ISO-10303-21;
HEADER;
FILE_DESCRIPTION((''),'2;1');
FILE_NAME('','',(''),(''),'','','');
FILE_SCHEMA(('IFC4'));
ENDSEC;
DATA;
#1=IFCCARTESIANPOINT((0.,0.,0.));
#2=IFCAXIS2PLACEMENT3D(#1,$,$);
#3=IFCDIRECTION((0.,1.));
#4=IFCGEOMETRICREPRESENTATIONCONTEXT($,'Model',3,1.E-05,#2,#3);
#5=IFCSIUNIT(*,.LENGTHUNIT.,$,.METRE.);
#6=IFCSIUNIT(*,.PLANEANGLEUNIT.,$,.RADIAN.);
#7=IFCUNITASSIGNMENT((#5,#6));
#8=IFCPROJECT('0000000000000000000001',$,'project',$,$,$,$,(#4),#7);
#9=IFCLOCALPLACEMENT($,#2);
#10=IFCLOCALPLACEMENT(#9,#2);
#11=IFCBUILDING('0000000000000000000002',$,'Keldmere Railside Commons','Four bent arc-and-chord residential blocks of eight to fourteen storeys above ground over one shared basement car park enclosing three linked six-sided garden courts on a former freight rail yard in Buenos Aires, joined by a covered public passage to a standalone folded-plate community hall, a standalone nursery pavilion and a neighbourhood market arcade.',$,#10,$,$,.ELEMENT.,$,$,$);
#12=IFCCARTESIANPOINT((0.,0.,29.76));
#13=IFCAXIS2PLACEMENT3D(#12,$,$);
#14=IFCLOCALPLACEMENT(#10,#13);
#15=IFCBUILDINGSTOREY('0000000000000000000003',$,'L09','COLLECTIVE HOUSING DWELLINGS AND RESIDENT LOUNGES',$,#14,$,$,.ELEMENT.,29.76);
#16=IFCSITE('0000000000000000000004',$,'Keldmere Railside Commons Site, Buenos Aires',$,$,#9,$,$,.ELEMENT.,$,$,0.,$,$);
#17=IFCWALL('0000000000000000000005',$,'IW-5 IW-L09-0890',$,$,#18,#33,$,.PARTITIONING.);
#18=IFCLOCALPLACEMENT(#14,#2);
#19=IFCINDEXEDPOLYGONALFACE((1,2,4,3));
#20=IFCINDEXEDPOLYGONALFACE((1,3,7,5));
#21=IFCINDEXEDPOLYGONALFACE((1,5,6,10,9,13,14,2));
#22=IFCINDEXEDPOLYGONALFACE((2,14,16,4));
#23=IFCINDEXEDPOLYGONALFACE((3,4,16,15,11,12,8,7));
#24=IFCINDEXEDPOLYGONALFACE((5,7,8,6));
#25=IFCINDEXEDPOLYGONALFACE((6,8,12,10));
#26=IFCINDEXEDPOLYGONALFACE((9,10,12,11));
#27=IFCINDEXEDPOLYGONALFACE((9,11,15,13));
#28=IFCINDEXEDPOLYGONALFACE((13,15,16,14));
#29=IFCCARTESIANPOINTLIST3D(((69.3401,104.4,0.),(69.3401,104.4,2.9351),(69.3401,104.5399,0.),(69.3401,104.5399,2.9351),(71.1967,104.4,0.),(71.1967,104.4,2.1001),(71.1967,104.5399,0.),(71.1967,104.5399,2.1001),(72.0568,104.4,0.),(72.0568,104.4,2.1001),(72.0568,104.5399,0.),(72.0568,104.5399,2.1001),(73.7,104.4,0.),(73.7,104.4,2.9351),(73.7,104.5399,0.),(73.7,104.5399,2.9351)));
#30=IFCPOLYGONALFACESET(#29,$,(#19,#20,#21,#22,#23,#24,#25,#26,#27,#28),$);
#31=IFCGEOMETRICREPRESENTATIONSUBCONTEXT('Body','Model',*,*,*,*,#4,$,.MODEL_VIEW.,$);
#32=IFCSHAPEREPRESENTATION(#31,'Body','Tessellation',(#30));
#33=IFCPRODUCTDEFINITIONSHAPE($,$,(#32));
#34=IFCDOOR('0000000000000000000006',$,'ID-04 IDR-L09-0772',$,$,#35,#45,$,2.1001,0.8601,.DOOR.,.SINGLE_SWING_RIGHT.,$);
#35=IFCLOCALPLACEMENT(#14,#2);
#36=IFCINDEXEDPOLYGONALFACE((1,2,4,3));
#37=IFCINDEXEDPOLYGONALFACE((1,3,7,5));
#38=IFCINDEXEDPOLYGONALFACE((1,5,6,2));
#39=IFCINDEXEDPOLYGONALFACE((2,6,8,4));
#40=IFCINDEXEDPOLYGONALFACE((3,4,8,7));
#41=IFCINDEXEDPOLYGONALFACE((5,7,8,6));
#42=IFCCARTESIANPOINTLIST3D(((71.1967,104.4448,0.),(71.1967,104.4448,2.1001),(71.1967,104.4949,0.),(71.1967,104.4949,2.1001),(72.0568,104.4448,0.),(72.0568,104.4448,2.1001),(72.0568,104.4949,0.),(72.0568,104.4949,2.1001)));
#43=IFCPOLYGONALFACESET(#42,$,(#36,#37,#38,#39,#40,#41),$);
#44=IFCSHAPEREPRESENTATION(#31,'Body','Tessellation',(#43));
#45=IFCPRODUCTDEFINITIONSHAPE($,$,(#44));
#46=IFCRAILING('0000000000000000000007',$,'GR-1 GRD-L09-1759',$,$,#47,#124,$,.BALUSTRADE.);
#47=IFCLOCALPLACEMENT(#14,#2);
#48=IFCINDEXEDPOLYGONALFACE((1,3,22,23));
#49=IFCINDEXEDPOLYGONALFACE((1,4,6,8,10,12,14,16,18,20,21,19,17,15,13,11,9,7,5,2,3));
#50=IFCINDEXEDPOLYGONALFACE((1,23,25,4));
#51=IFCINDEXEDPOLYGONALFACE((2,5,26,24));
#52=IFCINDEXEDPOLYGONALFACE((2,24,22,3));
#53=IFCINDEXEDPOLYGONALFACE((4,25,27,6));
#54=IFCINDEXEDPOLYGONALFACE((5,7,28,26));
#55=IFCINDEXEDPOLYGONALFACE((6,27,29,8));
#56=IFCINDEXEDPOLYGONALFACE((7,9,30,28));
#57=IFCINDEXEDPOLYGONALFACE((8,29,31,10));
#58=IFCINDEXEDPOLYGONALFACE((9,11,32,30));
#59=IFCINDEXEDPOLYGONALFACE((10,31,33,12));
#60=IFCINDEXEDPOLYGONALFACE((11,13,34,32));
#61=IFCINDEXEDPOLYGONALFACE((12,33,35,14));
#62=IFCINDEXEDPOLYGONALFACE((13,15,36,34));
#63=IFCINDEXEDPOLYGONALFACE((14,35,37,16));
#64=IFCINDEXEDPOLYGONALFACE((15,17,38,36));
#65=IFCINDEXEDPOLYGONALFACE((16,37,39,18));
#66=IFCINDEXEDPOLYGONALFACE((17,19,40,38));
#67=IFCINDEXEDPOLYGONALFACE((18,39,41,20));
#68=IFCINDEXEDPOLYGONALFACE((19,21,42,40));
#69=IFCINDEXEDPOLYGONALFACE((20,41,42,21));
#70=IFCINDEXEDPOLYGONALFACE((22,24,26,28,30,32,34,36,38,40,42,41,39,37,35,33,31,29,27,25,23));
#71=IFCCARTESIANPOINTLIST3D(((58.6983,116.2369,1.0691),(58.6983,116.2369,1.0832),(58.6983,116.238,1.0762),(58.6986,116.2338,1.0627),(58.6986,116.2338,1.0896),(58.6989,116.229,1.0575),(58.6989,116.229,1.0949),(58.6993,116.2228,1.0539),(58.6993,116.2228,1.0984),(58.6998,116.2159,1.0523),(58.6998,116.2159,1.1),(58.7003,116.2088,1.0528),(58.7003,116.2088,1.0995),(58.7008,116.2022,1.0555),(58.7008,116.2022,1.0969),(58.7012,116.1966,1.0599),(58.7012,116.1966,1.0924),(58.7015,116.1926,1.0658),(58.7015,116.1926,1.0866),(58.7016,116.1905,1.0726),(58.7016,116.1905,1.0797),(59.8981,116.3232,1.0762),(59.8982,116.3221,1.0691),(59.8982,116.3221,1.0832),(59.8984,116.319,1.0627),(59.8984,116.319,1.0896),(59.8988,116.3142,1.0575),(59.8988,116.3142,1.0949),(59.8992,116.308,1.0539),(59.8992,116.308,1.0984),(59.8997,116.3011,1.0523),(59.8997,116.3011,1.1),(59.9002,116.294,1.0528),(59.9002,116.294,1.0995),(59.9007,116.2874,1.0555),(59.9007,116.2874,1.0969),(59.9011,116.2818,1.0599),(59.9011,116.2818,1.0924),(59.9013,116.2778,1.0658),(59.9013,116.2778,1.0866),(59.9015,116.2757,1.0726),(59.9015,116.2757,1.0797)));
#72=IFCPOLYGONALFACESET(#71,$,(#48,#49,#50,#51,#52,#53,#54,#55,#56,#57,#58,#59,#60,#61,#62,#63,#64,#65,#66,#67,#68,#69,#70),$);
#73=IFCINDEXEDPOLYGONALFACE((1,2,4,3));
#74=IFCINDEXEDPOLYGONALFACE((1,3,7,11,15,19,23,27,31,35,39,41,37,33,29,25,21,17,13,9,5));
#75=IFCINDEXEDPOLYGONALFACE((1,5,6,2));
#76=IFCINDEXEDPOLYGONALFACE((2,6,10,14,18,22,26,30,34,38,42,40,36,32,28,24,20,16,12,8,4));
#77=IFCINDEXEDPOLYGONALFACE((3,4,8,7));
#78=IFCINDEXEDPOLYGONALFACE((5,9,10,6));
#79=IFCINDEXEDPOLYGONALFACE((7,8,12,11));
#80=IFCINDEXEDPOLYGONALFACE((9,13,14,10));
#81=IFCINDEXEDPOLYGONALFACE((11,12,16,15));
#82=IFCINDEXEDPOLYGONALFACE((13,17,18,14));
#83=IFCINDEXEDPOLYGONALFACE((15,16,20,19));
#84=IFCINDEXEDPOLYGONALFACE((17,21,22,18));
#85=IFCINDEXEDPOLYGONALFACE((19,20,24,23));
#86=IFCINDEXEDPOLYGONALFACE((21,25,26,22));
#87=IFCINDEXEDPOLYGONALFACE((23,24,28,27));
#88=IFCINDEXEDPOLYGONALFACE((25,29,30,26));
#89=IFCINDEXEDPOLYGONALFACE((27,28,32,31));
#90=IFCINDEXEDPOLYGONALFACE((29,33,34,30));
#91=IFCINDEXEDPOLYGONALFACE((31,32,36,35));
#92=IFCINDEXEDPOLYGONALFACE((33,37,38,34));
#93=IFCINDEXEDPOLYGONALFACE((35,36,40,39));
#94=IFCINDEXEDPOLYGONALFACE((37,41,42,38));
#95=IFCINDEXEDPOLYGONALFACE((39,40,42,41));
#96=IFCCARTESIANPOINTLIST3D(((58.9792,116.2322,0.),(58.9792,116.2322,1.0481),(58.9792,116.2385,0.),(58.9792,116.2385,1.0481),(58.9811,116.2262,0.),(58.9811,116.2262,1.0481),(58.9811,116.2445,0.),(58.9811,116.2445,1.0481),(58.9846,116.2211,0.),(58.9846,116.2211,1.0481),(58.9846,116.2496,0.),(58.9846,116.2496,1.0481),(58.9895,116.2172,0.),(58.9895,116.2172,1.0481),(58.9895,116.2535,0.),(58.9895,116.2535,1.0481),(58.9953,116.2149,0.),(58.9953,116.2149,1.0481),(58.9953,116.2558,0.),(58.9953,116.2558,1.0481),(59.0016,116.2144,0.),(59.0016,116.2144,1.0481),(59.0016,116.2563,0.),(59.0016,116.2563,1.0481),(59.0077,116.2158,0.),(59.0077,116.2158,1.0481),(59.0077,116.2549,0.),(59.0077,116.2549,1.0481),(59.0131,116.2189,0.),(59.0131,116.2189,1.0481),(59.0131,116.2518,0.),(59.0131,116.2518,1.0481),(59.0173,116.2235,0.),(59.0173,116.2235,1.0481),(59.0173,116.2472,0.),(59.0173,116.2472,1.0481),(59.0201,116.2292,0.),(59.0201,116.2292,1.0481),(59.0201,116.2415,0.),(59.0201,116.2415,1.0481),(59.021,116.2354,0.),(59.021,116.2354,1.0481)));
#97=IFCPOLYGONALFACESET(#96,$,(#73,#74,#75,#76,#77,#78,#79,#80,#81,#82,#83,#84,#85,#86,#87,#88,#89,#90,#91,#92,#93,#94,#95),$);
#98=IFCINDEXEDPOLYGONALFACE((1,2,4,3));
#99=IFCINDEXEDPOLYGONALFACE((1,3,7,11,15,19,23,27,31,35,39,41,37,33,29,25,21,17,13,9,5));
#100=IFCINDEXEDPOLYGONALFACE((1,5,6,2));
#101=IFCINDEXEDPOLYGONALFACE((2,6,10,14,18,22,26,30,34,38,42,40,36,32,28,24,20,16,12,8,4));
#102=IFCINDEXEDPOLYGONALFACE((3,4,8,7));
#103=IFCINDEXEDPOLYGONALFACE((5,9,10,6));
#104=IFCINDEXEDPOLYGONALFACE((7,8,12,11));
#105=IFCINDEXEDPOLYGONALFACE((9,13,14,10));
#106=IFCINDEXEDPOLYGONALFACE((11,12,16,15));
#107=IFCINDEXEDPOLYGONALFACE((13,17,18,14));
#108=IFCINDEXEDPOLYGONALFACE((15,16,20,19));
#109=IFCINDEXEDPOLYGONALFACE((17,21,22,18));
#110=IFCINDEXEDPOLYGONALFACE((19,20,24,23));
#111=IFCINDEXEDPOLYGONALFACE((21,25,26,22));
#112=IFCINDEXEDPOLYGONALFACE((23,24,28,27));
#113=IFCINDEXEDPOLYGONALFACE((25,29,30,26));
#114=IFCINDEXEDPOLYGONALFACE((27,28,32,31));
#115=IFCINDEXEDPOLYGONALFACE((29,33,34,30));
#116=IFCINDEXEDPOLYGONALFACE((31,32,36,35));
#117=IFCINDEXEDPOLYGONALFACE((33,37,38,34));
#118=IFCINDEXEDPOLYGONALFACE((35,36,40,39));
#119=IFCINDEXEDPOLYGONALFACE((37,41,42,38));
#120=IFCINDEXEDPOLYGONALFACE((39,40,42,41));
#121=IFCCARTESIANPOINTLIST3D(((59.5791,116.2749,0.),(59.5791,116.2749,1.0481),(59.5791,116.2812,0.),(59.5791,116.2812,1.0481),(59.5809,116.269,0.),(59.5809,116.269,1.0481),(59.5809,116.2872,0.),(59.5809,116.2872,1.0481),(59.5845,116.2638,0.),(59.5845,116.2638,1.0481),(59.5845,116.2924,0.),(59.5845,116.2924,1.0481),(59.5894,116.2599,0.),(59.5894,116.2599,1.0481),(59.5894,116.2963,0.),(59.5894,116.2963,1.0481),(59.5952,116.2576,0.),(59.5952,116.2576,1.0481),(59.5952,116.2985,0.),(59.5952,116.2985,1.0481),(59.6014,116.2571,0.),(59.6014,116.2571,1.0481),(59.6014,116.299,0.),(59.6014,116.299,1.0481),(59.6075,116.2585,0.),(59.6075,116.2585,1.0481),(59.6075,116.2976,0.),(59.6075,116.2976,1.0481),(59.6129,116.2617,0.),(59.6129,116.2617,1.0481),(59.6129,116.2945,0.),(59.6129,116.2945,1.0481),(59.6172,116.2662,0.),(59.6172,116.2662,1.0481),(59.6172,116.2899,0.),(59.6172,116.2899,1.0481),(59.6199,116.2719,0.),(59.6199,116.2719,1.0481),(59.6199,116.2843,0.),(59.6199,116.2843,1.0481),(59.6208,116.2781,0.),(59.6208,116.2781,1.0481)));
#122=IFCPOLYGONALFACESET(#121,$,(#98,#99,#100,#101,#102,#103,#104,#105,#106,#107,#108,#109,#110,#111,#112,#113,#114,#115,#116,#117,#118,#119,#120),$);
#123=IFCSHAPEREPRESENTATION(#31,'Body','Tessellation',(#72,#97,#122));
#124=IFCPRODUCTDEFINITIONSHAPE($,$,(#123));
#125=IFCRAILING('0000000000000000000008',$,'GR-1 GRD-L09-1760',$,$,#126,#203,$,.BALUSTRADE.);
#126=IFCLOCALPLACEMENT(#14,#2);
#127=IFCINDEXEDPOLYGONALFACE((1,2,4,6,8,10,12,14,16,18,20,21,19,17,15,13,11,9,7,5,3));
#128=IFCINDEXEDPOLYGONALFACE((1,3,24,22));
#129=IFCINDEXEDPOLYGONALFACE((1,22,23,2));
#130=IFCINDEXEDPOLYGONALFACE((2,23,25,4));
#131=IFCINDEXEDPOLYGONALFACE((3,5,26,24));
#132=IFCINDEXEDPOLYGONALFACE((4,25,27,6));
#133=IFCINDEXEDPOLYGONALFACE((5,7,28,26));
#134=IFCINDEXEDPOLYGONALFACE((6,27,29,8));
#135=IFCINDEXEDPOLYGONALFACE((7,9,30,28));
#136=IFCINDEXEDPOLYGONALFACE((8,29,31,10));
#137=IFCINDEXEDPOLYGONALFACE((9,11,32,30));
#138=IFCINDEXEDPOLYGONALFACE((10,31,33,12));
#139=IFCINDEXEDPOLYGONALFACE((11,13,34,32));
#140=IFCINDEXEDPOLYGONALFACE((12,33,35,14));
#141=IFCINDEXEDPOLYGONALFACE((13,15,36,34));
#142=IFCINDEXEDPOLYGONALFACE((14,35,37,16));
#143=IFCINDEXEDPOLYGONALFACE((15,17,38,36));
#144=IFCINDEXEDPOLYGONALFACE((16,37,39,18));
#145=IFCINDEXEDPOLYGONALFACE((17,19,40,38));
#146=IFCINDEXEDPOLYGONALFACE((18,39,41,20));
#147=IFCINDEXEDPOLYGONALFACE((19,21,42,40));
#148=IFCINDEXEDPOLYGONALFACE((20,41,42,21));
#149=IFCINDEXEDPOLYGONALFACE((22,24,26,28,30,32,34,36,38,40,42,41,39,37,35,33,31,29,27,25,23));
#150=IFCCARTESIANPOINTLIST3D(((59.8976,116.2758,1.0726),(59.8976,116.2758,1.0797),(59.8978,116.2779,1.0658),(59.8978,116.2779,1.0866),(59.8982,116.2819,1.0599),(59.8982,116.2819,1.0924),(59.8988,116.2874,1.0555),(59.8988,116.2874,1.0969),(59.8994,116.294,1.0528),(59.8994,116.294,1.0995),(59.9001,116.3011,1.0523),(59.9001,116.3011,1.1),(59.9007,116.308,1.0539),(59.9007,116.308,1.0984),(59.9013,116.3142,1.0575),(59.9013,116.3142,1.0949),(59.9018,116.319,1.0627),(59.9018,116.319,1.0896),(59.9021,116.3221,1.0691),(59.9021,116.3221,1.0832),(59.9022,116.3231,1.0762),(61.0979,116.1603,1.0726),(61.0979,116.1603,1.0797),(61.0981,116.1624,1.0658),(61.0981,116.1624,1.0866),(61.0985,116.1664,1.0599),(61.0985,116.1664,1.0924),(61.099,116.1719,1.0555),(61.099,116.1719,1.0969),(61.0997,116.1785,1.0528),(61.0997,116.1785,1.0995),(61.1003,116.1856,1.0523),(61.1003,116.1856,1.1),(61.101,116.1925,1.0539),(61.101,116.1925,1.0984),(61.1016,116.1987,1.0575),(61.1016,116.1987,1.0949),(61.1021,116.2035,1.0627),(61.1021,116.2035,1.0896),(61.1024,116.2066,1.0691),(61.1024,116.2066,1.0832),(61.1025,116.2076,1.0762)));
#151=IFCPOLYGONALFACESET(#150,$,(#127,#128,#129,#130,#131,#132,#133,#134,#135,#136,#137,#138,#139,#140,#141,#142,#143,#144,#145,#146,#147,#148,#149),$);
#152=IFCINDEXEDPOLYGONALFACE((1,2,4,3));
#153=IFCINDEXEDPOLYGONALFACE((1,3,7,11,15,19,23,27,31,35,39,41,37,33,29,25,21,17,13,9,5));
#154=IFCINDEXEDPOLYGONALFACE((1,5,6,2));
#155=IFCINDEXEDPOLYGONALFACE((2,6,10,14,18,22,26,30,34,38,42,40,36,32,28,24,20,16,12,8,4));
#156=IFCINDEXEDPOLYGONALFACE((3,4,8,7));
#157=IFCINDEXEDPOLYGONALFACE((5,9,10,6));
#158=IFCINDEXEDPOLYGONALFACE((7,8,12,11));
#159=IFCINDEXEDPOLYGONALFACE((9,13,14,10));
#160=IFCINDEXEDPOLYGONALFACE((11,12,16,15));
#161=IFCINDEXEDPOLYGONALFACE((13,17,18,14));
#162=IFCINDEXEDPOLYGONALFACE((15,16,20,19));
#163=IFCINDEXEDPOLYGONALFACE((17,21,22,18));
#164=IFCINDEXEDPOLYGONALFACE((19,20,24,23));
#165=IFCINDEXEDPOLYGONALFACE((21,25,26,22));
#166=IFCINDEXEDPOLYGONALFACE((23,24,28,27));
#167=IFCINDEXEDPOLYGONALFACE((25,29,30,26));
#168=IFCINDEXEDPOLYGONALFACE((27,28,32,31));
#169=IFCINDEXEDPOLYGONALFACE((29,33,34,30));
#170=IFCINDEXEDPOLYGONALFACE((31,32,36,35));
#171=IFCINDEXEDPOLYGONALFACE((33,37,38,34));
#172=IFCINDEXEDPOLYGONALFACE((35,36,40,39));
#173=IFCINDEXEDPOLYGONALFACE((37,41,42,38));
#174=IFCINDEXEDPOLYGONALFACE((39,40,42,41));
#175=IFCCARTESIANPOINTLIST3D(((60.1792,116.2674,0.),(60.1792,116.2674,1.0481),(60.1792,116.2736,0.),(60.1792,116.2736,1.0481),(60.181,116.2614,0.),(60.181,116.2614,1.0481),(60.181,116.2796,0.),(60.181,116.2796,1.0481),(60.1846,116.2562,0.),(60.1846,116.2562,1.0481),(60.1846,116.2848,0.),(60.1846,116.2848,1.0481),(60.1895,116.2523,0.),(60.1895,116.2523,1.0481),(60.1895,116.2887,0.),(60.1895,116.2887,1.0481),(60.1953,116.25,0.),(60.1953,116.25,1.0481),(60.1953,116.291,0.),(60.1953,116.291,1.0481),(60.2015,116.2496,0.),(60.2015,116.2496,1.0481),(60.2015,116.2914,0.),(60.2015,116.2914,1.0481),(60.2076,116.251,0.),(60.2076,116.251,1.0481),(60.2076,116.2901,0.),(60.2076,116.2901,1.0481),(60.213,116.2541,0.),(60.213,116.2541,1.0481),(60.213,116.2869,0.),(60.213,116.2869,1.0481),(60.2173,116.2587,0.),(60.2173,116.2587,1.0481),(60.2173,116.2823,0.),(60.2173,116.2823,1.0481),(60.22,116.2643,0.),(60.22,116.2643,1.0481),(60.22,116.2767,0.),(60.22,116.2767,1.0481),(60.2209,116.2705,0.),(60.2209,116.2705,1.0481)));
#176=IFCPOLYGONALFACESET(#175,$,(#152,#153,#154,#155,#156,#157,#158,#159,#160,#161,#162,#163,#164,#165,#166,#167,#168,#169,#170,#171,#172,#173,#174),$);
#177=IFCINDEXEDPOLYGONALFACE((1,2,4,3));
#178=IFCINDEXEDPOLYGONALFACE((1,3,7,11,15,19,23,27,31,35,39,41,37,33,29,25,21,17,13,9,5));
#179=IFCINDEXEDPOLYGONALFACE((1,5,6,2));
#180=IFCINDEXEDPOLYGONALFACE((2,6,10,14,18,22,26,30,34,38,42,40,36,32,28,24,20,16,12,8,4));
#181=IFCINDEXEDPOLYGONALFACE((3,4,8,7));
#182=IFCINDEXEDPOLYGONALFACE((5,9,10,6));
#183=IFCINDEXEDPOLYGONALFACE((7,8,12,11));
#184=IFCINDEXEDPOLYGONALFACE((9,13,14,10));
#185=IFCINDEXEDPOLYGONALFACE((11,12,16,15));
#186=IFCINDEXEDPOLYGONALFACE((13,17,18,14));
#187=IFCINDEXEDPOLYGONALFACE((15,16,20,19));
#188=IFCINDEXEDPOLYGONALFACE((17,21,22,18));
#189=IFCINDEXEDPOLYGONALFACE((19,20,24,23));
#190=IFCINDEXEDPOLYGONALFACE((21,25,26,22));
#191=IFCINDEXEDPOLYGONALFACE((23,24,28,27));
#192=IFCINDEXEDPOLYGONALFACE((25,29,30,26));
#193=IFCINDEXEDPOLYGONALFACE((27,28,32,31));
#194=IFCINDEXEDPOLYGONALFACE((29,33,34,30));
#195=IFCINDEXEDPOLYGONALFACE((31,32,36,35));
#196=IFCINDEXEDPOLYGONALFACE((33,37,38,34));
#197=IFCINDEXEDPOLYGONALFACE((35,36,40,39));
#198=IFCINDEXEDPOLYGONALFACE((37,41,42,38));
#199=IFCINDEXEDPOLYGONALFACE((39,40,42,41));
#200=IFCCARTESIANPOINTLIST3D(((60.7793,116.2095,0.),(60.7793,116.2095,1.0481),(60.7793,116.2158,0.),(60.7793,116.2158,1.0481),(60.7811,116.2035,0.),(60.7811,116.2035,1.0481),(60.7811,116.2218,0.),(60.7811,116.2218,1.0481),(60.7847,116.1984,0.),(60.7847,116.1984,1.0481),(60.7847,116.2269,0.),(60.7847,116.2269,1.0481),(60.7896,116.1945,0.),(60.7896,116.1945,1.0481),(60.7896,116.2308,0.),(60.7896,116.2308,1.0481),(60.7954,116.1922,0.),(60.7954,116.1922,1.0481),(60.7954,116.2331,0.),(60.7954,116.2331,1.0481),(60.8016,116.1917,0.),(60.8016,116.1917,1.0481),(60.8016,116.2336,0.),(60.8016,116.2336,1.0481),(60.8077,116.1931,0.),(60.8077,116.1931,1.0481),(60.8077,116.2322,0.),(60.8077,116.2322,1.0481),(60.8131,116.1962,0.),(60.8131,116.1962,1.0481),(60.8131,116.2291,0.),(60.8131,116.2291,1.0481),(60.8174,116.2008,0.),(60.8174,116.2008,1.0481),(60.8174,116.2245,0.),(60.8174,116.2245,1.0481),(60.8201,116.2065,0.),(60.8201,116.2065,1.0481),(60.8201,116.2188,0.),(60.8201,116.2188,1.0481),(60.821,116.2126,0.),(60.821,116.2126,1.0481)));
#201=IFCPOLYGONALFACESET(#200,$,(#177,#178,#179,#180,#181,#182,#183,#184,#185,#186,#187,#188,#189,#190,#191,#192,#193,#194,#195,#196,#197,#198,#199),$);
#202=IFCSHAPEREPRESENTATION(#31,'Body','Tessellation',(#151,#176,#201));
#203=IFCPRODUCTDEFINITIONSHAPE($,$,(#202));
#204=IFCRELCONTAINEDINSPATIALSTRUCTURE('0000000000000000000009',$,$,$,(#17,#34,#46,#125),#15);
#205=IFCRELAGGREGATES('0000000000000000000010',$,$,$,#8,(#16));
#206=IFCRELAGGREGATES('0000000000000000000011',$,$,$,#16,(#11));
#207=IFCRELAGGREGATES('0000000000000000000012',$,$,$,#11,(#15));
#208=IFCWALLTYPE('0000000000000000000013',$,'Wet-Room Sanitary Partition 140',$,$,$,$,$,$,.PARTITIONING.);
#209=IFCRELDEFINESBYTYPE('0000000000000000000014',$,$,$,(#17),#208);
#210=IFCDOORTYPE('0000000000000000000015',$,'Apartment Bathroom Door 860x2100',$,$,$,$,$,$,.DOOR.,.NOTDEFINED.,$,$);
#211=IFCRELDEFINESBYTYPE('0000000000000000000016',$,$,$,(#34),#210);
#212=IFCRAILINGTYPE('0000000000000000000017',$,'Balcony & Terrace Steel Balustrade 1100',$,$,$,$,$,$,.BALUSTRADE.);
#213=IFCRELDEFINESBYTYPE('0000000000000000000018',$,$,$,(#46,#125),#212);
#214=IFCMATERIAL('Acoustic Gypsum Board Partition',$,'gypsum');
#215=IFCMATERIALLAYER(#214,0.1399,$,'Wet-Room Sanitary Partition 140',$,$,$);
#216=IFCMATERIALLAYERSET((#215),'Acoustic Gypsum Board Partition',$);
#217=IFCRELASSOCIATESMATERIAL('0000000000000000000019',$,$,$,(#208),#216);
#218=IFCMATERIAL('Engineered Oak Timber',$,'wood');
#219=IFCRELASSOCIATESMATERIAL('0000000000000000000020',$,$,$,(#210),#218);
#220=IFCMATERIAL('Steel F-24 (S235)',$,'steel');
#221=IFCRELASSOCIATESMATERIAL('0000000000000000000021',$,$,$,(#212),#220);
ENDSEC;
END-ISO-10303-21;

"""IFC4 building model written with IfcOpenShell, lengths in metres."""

from ifc_helpers import new_model, si_unit, direction, frame, frame_2d, origin, origin_2d, place, context, subcontext, project, spatial, rectangle, circle, extrude, material, layer, layer_set, type_object, element, fill, save


model = new_model("IFC4")

# Units and contexts
model_context = context("Model", 3, precision=1e-05, world=origin(), true_north=direction((0.0, 1.0)))
body_context = subcontext(model_context, "Body", "Model", "MODEL_VIEW")
ifc_project = project(units=[si_unit("LENGTHUNIT", "METRE"), si_unit("PLANEANGLEUNIT", "RADIAN")], contexts=[model_context])

# Site, building, storey
site_placement = place(None, origin())
site = spatial("IfcSite", under=ifc_project, at=site_placement, Name="Keldmere Railside Commons Site, Buenos Aires", CompositionType="ELEMENT", RefElevation=0.0)
building_placement = place(site_placement, origin())
building = spatial("IfcBuilding", under=site, at=building_placement, Name="Keldmere Railside Commons", Description="Four bent arc-and-chord residential blocks of eight to fourteen storeys above ground over one shared basement car park enclosing three linked six-sided garden courts on a former freight rail yard in Buenos Aires, joined by a covered public passage to a standalone folded-plate community hall, a standalone nursery pavilion and a neighbourhood market arcade.", CompositionType="ELEMENT")
storey_placement = place(building_placement, frame((0.0, 0.0, 29.76)))
storey = spatial("IfcBuildingStorey", under=building, at=storey_placement, Name="L09", Description="COLLECTIVE HOUSING DWELLINGS AND RESIDENT LOUNGES", CompositionType="ELEMENT", Elevation=29.76)

# Shared definitions
ifc_material_1 = material(Name="Acoustic Gypsum Board Partition", Category="gypsum")

# Wall, opening, door
ifc_material_2 = material(Name="Engineered Oak Timber", Category="wood")
ifc_layer_1 = layer(ifc_material_1, 0.1399, Name="Wet-Room Sanitary Partition 140")
ifc_layer_set_1 = layer_set([ifc_layer_1], Name="Acoustic Gypsum Board Partition")
wall_type_1 = type_object("IfcWallType", Name="Wet-Room Sanitary Partition 140", PredefinedType="PARTITIONING", material=ifc_layer_set_1)
wall_1_placement = place(storey_placement, frame((69.3401, 104.47, 0.0), z_axis=(0.0, 0.0, 1.0), x_axis=(1.0, 0.0, 0.0)))
wall_1 = element("IfcWall", 1, at=wall_1_placement, inside=storey, type_object=wall_type_1, Name="IW-5 IW-L09-0890", PredefinedType="PARTITIONING", context=body_context, shape_type="SweptSolid", body=[
    extrude(rectangle(XDim=4.3599, YDim=0.1399, at=frame_2d((2.1799, 0.0))), origin(), (0.0, 0.0, 1.0), 2.9351),
])
opening_1_placement = place(wall_1_placement, frame((1.8564, 0.0, 0.0)))
opening_1 = element("IfcOpeningElement", 2, at=opening_1_placement, cuts=wall_1, PredefinedType="OPENING", context=body_context, shape_type="SweptSolid", body=[
    extrude(rectangle(XDim=0.8601, YDim=2.1001, at=frame_2d((0.4302, 1.05))), frame((0.0, 0.0798, 0.0), z_axis=(0.0, -1.0, 0.0), x_axis=(1.0, 0.0, 0.0)), (0.0, 0.0, 1.0), 0.1599),
])
door_type_1 = type_object("IfcDoorType", Name="Apartment Bathroom Door 860x2100", OperationType="NOTDEFINED", PredefinedType="DOOR", material=ifc_material_2)
door_1_placement = place(opening_1_placement, origin())
door_1 = element("IfcDoor", 3, at=door_1_placement, inside=storey, type_object=door_type_1, Name="ID-04 IDR-L09-0772", OperationType="SINGLE_SWING_RIGHT", OverallHeight=2.1001, OverallWidth=0.8601, PredefinedType="DOOR", context=body_context, shape_type="SweptSolid", body=[
    extrude(rectangle(XDim=0.8601, YDim=2.1001, at=frame_2d((0.4302, 1.05))), frame((0.0, 0.0249, 0.0), z_axis=(0.0, -1.0, 0.0), x_axis=(1.0, 0.0, 0.0)), (0.0, 0.0, 1.0), 0.05),
])
fill(opening_1, door_1)

# Railings
ifc_material_3 = material(Name="Steel F-24 (S235)", Category="steel")
railing_type = type_object("IfcRailingType", Name="Balcony & Terrace Steel Balustrade 1100", PredefinedType="BALUSTRADE", material=ifc_material_3)
railing_1_placement = place(storey_placement, frame((58.7, 116.2141, 0.0)))
element("IfcRailing", 4, at=railing_1_placement, inside=storey, type_object=railing_type, Name="GR-1 GRD-L09-1759", PredefinedType="BALUSTRADE", context=body_context, shape_type="SweptSolid", body=[
    extrude(circle(Radius=0.0239, at=origin_2d()), frame((0.0, 0.0, 1.0762), z_axis=(0.997488, 0.070829, 0.0), x_axis=(-0.070829, 0.997488, 0.0)), (0.0, 0.0, 1.0), 1.2029),
    extrude(circle(Radius=0.021, at=origin_2d()), frame((0.3, 0.0212, 0.0)), (0.0, 0.0, 1.0), 1.0481),
    extrude(circle(Radius=0.021, at=origin_2d()), frame((0.8999, 0.064, 0.0)), (0.0, 0.0, 1.0), 1.0481),
])
railing_2_placement = place(storey_placement, frame((59.8999, 116.2993, 0.0)))
element("IfcRailing", 5, at=railing_2_placement, inside=storey, type_object=railing_type, Name="GR-1 GRD-L09-1760", PredefinedType="BALUSTRADE", context=body_context, shape_type="SweptSolid", body=[
    extrude(circle(Radius=0.0239, at=origin_2d()), frame((0.0, 0.0, 1.0762), z_axis=(0.995403, -0.095774, 0.0), x_axis=(0.095774, 0.995403, 0.0)), (0.0, 0.0, 1.0), 1.2058),
    extrude(circle(Radius=0.021, at=origin_2d()), frame((0.3, -0.0288, 0.0)), (0.0, 0.0, 1.0), 1.0481),
    extrude(circle(Radius=0.021, at=origin_2d()), frame((0.9001, -0.0867, 0.0)), (0.0, 0.0, 1.0), 1.0481),
])

save(model, "model.ifc")
